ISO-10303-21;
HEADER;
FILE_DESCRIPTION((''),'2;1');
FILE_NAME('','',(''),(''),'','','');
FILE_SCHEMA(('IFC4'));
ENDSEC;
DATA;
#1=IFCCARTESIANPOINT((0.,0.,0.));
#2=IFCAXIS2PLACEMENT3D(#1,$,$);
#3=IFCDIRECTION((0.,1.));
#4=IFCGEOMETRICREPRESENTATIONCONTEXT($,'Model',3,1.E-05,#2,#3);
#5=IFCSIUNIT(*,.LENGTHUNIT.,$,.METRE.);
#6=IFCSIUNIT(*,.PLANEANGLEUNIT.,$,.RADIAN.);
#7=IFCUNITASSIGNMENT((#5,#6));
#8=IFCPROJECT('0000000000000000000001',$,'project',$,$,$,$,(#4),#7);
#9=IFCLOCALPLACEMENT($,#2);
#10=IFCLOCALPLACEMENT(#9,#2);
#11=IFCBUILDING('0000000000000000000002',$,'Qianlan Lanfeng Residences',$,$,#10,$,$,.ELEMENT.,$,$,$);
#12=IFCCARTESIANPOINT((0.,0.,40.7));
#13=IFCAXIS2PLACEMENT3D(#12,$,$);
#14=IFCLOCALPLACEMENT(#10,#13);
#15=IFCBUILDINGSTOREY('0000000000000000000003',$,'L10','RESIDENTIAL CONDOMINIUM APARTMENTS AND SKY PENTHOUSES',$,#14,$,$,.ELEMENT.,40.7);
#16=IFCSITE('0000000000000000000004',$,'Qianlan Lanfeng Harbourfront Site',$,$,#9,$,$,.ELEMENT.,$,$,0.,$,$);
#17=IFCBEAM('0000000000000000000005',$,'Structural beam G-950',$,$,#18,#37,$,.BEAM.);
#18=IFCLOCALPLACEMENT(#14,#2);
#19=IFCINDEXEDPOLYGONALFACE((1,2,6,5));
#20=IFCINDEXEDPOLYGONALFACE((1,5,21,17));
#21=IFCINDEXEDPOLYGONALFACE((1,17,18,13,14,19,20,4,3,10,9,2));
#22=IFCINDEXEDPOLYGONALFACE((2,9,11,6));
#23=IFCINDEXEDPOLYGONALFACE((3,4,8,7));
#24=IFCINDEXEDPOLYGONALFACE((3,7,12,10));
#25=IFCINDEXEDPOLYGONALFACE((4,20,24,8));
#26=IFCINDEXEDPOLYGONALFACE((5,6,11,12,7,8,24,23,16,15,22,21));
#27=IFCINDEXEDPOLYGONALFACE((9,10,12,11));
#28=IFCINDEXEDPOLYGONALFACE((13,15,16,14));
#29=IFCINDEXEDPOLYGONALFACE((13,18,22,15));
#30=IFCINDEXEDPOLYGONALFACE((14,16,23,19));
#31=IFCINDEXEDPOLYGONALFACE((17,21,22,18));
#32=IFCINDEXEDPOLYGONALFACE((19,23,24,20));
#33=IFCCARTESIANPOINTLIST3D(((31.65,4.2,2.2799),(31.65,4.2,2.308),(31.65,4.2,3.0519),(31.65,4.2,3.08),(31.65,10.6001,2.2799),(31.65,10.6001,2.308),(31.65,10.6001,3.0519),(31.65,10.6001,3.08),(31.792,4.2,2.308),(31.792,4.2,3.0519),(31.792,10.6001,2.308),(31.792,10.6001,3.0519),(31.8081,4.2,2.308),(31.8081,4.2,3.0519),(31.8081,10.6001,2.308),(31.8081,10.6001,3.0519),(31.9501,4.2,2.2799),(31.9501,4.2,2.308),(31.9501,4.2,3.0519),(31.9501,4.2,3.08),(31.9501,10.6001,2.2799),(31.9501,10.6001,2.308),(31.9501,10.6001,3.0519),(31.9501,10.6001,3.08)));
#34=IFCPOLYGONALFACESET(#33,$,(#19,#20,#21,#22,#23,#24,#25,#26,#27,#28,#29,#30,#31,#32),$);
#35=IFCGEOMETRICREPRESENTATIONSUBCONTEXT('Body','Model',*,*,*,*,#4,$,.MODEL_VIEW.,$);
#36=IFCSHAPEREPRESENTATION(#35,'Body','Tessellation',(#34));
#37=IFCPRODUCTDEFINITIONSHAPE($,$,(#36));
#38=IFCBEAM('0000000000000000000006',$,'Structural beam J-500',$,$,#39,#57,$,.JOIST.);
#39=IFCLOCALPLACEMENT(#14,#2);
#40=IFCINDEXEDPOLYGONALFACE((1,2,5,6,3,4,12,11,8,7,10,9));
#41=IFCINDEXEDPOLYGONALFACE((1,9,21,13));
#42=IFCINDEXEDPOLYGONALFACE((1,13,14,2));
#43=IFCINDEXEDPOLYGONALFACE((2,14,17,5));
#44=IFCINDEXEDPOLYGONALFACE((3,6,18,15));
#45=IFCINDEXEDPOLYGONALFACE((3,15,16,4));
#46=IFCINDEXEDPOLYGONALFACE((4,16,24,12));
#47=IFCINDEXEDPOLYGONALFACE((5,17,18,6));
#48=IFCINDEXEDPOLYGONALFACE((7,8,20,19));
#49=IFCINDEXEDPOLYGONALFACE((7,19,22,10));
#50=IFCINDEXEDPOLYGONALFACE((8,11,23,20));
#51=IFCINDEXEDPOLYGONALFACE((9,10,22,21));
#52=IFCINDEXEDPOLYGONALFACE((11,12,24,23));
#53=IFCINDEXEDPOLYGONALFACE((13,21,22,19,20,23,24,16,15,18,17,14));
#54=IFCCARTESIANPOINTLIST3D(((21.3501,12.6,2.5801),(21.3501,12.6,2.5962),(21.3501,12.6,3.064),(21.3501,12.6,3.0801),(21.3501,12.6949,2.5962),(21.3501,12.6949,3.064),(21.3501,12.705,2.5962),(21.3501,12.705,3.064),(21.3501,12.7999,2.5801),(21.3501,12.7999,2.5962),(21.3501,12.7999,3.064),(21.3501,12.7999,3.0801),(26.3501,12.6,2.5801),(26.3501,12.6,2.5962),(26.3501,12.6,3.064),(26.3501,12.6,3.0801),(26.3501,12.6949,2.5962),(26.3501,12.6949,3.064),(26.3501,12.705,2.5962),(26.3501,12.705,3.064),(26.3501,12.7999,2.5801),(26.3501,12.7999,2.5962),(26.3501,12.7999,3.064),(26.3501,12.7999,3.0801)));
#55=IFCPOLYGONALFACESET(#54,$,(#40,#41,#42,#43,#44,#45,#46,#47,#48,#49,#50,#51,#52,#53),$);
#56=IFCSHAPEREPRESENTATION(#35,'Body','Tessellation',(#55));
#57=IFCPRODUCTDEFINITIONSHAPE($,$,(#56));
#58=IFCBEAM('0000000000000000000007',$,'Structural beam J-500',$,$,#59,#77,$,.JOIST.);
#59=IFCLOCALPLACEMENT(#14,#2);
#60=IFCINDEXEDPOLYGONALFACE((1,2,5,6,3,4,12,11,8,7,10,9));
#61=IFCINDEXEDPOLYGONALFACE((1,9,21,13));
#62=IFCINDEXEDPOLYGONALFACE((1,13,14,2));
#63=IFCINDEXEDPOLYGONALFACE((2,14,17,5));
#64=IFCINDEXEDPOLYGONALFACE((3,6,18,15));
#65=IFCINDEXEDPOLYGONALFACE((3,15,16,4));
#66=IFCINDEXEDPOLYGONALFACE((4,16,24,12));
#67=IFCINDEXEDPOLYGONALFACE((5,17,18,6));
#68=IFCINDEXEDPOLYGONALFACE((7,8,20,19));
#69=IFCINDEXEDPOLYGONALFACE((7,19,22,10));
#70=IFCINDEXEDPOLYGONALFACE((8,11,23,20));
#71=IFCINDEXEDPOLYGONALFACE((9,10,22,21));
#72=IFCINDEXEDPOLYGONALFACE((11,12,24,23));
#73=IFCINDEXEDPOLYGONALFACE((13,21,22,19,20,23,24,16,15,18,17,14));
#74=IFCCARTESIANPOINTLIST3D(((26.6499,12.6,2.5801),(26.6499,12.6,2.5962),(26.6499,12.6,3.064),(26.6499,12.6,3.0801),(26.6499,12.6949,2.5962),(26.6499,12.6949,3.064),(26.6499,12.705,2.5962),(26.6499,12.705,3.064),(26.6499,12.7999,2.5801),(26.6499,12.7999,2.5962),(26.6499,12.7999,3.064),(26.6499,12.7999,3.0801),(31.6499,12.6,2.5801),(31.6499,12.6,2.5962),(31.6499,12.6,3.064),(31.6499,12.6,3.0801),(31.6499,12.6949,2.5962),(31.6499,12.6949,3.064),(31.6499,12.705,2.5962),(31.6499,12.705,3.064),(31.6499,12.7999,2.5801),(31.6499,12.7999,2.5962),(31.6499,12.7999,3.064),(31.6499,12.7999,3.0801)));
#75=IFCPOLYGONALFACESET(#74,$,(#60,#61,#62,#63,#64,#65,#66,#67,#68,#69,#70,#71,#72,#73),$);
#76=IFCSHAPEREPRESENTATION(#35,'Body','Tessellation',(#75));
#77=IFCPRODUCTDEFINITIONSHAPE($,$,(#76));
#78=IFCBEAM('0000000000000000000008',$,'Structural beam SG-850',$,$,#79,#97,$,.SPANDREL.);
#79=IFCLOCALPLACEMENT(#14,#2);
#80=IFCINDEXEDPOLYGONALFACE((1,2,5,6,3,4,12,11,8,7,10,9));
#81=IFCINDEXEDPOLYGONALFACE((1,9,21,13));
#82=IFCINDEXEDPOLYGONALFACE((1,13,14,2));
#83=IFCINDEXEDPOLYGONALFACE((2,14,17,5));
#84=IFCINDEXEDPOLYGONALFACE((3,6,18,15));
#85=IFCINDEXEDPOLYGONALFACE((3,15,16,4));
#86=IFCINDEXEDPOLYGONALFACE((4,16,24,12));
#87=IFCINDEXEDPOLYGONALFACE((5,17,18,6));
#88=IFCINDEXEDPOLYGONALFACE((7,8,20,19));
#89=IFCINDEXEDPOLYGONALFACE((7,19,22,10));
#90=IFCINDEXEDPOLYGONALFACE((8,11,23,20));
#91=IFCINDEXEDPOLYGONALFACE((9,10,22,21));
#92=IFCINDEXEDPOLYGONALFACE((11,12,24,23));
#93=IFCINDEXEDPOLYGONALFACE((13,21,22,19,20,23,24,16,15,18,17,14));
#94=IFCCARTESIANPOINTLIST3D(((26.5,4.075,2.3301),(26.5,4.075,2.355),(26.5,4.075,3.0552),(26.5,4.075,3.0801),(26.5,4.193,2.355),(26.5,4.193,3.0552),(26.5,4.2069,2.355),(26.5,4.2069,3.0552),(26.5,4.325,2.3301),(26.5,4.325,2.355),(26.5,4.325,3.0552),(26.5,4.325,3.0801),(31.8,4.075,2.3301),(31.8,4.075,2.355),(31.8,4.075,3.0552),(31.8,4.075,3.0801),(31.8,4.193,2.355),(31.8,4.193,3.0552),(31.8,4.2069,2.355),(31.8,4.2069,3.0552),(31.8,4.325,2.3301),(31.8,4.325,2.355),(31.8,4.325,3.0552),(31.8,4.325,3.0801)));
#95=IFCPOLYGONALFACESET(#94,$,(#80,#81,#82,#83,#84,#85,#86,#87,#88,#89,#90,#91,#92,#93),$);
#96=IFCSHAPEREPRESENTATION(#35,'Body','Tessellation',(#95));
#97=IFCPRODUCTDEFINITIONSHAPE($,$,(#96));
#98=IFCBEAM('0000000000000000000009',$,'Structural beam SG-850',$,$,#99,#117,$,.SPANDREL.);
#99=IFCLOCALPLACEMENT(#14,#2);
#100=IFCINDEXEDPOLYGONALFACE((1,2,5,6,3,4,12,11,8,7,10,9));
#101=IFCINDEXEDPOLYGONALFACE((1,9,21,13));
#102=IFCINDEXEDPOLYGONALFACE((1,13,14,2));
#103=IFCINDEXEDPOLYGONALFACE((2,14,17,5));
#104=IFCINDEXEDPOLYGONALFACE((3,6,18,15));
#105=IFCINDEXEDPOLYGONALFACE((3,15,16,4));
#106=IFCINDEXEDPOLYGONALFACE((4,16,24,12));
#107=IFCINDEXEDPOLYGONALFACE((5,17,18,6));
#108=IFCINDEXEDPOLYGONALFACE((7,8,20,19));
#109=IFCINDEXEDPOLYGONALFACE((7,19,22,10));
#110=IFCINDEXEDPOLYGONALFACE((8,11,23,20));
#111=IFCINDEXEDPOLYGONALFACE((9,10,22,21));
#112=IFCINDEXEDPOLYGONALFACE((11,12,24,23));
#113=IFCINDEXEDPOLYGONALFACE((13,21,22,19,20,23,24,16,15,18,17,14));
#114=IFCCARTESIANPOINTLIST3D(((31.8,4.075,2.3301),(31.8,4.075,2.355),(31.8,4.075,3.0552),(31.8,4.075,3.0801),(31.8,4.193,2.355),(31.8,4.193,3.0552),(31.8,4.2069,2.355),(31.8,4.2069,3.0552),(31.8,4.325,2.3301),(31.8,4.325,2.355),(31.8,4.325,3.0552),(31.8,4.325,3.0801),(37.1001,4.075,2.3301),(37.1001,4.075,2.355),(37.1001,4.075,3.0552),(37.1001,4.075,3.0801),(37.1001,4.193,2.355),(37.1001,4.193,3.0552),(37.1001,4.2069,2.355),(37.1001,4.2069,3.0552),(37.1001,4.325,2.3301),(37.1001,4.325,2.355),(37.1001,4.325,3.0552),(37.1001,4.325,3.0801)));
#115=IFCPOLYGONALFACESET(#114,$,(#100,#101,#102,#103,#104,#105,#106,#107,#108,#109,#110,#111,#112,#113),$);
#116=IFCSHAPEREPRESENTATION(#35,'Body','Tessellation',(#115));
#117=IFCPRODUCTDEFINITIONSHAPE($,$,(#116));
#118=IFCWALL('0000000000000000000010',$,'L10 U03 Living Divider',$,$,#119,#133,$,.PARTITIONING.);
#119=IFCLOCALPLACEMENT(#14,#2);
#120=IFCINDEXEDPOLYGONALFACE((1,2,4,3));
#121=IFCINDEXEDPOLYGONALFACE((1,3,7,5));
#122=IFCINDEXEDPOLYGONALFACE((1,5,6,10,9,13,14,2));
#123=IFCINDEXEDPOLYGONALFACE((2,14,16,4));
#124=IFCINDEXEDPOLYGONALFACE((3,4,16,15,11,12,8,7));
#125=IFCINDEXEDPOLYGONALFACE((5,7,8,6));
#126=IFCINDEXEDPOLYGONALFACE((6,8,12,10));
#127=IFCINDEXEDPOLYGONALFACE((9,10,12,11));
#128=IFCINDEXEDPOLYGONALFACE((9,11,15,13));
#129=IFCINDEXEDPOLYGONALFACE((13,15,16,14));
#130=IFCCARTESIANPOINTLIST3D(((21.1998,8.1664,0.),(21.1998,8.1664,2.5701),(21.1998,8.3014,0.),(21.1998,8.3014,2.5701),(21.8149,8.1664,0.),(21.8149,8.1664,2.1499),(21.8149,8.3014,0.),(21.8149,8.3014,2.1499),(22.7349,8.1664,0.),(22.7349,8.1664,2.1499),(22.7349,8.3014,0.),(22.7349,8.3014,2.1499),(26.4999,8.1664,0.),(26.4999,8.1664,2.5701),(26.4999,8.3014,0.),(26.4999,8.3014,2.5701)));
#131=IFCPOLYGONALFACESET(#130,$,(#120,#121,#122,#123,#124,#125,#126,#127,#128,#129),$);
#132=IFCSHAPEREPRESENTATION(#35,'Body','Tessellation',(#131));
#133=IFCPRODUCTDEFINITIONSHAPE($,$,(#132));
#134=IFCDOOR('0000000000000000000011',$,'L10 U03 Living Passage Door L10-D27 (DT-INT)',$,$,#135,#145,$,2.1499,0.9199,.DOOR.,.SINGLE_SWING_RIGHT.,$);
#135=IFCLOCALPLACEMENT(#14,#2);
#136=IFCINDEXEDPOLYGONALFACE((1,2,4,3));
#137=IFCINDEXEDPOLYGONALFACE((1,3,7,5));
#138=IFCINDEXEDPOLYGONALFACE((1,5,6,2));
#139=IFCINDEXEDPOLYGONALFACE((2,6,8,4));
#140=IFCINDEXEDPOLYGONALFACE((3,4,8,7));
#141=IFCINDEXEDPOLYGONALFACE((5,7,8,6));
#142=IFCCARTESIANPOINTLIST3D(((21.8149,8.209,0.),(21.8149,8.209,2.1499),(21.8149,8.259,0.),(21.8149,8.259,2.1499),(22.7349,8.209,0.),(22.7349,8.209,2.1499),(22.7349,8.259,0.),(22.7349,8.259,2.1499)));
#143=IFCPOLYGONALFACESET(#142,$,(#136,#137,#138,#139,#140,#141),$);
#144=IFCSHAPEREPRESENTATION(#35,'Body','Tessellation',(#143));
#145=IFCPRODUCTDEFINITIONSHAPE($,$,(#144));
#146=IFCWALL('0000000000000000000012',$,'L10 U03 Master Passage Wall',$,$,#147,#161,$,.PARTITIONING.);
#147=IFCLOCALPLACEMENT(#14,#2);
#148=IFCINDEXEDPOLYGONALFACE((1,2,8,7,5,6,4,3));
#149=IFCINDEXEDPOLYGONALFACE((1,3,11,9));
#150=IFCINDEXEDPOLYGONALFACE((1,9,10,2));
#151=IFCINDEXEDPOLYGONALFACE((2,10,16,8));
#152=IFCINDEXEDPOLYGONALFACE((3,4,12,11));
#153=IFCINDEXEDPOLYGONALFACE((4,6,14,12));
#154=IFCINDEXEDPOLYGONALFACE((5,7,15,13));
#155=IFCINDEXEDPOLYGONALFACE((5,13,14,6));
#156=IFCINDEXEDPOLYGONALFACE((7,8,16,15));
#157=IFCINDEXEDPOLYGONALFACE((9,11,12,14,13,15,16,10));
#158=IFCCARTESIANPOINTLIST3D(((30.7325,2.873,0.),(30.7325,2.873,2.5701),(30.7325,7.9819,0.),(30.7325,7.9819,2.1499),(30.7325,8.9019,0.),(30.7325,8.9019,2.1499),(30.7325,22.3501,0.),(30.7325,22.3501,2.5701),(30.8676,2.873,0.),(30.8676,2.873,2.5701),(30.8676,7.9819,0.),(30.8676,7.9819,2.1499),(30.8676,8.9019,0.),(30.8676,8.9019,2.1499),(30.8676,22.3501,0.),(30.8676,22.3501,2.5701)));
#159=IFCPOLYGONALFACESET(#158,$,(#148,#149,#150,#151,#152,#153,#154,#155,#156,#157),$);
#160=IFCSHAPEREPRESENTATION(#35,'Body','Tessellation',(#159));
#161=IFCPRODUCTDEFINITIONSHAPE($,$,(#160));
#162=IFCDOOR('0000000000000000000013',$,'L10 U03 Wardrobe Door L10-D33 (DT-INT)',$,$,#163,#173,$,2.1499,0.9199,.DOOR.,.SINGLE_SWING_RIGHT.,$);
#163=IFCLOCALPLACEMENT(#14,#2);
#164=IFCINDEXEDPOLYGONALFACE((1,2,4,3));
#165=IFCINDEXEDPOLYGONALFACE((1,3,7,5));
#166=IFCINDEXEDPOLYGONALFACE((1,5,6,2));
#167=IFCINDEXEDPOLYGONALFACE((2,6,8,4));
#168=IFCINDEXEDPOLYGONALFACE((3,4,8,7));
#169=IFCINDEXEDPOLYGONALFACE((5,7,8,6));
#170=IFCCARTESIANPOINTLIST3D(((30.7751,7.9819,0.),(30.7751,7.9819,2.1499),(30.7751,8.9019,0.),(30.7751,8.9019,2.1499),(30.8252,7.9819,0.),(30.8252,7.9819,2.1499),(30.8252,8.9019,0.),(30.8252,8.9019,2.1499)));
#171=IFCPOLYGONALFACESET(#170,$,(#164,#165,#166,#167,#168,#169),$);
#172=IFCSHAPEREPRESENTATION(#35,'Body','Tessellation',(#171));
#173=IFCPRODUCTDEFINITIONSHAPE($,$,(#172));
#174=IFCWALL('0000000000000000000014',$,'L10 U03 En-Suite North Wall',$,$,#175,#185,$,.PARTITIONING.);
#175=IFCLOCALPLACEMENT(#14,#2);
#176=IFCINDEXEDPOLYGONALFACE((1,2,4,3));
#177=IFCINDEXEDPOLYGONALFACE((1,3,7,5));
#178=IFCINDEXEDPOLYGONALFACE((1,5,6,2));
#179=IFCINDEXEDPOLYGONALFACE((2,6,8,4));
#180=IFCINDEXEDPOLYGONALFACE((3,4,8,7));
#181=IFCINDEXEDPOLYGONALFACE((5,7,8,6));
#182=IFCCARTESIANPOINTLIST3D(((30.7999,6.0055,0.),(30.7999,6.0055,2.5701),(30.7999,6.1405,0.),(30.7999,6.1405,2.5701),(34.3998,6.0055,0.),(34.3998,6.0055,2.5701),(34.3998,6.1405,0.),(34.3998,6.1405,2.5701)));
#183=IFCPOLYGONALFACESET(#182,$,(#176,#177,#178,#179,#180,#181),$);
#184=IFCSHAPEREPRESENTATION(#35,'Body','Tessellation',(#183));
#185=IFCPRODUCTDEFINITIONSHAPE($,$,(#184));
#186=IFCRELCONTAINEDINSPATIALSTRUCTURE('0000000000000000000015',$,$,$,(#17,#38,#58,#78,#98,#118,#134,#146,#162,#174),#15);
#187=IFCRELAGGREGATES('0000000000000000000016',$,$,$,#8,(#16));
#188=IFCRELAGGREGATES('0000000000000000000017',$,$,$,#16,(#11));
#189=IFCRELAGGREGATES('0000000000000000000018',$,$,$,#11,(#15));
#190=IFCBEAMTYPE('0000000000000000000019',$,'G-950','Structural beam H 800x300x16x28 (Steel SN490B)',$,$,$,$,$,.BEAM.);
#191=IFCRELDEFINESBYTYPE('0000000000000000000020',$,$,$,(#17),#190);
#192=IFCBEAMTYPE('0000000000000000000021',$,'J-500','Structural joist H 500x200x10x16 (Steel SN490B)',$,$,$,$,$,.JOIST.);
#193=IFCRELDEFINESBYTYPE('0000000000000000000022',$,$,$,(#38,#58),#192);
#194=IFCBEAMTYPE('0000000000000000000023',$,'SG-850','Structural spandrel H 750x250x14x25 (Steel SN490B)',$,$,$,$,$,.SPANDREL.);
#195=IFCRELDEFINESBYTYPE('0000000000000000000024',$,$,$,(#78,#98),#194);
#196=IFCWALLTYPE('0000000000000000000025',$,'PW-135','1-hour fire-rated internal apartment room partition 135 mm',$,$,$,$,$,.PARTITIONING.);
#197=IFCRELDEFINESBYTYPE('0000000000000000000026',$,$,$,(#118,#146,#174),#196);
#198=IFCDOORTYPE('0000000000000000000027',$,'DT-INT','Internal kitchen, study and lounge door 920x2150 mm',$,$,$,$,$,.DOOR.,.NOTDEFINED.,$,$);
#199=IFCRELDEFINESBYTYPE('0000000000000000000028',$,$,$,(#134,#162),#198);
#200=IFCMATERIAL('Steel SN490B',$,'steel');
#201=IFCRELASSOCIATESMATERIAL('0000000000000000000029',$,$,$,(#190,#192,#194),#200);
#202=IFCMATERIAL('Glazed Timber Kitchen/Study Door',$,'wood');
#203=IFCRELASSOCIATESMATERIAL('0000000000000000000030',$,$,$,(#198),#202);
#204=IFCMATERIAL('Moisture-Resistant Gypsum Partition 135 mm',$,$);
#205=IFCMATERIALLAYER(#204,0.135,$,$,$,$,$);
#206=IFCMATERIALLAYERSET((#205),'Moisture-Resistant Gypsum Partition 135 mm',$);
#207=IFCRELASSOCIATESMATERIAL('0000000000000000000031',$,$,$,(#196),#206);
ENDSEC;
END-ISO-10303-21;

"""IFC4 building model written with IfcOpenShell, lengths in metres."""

from ifc_helpers import new_model, si_unit, direction, frame, frame_2d, origin, origin_2d, place, context, subcontext, project, spatial, rectangle, i_section, extrude, material, layer, layer_set, material_profile, profile_set, type_object, element, fill, save


model = new_model("IFC4")

# Units and contexts
model_context = context("Model", 3, precision=1e-05, world=origin(), true_north=direction((0.0, 1.0)))
body_context = subcontext(model_context, "Body", "Model", "MODEL_VIEW")
ifc_project = project(units=[si_unit("LENGTHUNIT", "METRE"), si_unit("PLANEANGLEUNIT", "RADIAN")], contexts=[model_context])

# Site, building, storey
site_placement = place(None, origin())
site = spatial("IfcSite", under=ifc_project, at=site_placement, Name="Qianlan Lanfeng Harbourfront Site", CompositionType="ELEMENT", RefElevation=0.0)
building_placement = place(site_placement, origin())
building = spatial("IfcBuilding", under=site, at=building_placement, Name="Qianlan Lanfeng Residences", CompositionType="ELEMENT")
storey_placement = place(building_placement, frame((0.0, 0.0, 40.7)))
storey = spatial("IfcBuildingStorey", under=building, at=storey_placement, Name="L10", Description="RESIDENTIAL CONDOMINIUM APARTMENTS AND SKY PENTHOUSES", CompositionType="ELEMENT", Elevation=40.7)

# Shared definitions
ifc_material_1 = material(Name="Steel SN490B", Category="steel")

# Beams
ifc_material_profile_1 = material_profile(ifc_material_1, i_section(OverallWidth=0.3, OverallDepth=0.8, WebThickness=0.0161, FlangeThickness=0.0281, at=origin_2d()), Name="H 800x300x16x28")
ifc_profile_set_1 = profile_set([ifc_material_profile_1], Name="Steel SN490B")
beam_type_1 = type_object("IfcBeamType", Name="G-950", Description="Structural beam H 800x300x16x28 (Steel SN490B)", PredefinedType="BEAM", material=ifc_profile_set_1)
beam_1_placement = place(storey_placement, frame((31.8, 4.2, 2.6799), z_axis=(0.0, 1.0, 0.0), x_axis=(-1.0, 0.0, 0.0)))
element("IfcBeam", 1, at=beam_1_placement, inside=storey, type_object=beam_type_1, Name="Structural beam G-950", PredefinedType="BEAM", context=body_context, shape_type="SweptSolid", body=[
    extrude(i_section(OverallWidth=0.3, OverallDepth=0.8, WebThickness=0.0161, FlangeThickness=0.0281, at=origin_2d()), origin(), (0.0, 0.0, 1.0), 6.4001),
])
ifc_material_profile_2 = material_profile(ifc_material_1, i_section(OverallWidth=0.2, OverallDepth=0.5, WebThickness=0.01, FlangeThickness=0.0161, at=origin_2d()), Name="H 500x200x10x16")
ifc_profile_set_2 = profile_set([ifc_material_profile_2], Name="Steel SN490B")
beam_type_2 = type_object("IfcBeamType", Name="J-500", Description="Structural joist H 500x200x10x16 (Steel SN490B)", PredefinedType="JOIST", material=ifc_profile_set_2)
for number, where, z_axis, x_axis, name in (
    (2, (21.3501, 12.7, 2.8301), (1.0, 0.0, 0.0), (0.0, 1.0, 0.0), "Structural beam J-500"),
    (3, (26.6499, 12.7, 2.8301), (1.0, 0.0, 0.0), (0.0, 1.0, 0.0), "Structural beam J-500"),
):
    element("IfcBeam", number, at=place(storey_placement, frame(where, z_axis=z_axis, x_axis=x_axis)), inside=storey, type_object=beam_type_2, Name=name, PredefinedType="JOIST", context=body_context, shape_type="SweptSolid", body=[
        extrude(i_section(OverallWidth=0.2, OverallDepth=0.5, WebThickness=0.01, FlangeThickness=0.0161, at=origin_2d()), origin(), (0.0, 0.0, 1.0), 5.0),
    ])
ifc_material_profile_3 = material_profile(ifc_material_1, i_section(OverallWidth=0.25, OverallDepth=0.75, WebThickness=0.0139, FlangeThickness=0.0249, at=origin_2d()), Name="H 750x250x14x25")
ifc_profile_set_3 = profile_set([ifc_material_profile_3], Name="Steel SN490B")
beam_type_3 = type_object("IfcBeamType", Name="SG-850", Description="Structural spandrel H 750x250x14x25 (Steel SN490B)", PredefinedType="SPANDREL", material=ifc_profile_set_3)
for number, where, z_axis, x_axis, name in (
    (4, (26.5, 4.2, 2.7051), (1.0, 0.0, 0.0), (0.0, 1.0, 0.0), "Structural beam SG-850"),
    (5, (31.8, 4.2, 2.7051), (1.0, 0.0, 0.0), (0.0, 1.0, 0.0), "Structural beam SG-850"),
):
    element("IfcBeam", number, at=place(storey_placement, frame(where, z_axis=z_axis, x_axis=x_axis)), inside=storey, type_object=beam_type_3, Name=name, PredefinedType="SPANDREL", context=body_context, shape_type="SweptSolid", body=[
        extrude(i_section(OverallWidth=0.25, OverallDepth=0.75, WebThickness=0.0139, FlangeThickness=0.0249, at=origin_2d()), origin(), (0.0, 0.0, 1.0), 5.3),
    ])

# Wall, opening, door
ifc_material_2 = material(Name="Glazed Timber Kitchen/Study Door", Category="wood")
door_type_1 = type_object("IfcDoorType", Name="DT-INT", Description="Internal kitchen, study and lounge door 920x2150 mm", OperationType="NOTDEFINED", PredefinedType="DOOR", material=ifc_material_2)
ifc_material_3 = material(Name="Moisture-Resistant Gypsum Partition 135 mm")
ifc_layer_1 = layer(ifc_material_3, 0.135)
ifc_layer_set_1 = layer_set([ifc_layer_1], Name="Moisture-Resistant Gypsum Partition 135 mm")
wall_type_1 = type_object("IfcWallType", Name="PW-135", Description="1-hour fire-rated internal apartment room partition 135 mm", PredefinedType="PARTITIONING", material=ifc_layer_set_1)
wall_1_placement = place(storey_placement, frame((21.2, 8.2339, 0.0), z_axis=(0.0, 0.0, 1.0), x_axis=(1.0, 0.0, 0.0)))
wall_1 = element("IfcWall", 6, at=wall_1_placement, inside=storey, type_object=wall_type_1, Name="L10 U03 Living Divider", PredefinedType="PARTITIONING", context=body_context, shape_type="SweptSolid", body=[
    extrude(rectangle(XDim=5.3, YDim=0.135, at=frame_2d((2.6499, 0.0))), origin(), (0.0, 0.0, 1.0), 2.5701),
])
opening_1_placement = place(wall_1_placement, frame((0.615, 0.0, 0.0)))
opening_1 = element("IfcOpeningElement", 7, at=opening_1_placement, cuts=wall_1, PredefinedType="OPENING", context=body_context, shape_type="SweptSolid", body=[
    extrude(rectangle(XDim=0.9199, YDim=2.1499, at=frame_2d((0.46, 1.075))), frame((0.0, 0.0776, 0.0), z_axis=(0.0, -1.0, 0.0), x_axis=(1.0, 0.0, 0.0)), (0.0, 0.0, 1.0), 0.155),
])
door_1_placement = place(opening_1_placement, frame((0.9199, 0.0, 0.0), z_axis=(0.0, 0.0, 1.0), x_axis=(-1.0, 0.0, 0.0)))
door_1 = element("IfcDoor", 8, at=door_1_placement, inside=storey, type_object=door_type_1, Name="L10 U03 Living Passage Door L10-D27 (DT-INT)", OperationType="SINGLE_SWING_RIGHT", OverallHeight=2.1499, OverallWidth=0.9199, PredefinedType="DOOR", context=body_context, shape_type="SweptSolid", body=[
    extrude(rectangle(XDim=0.9199, YDim=2.1499, at=frame_2d((0.46, 1.075))), frame((0.0, 0.0249, 0.0), z_axis=(0.0, -1.0, 0.0), x_axis=(1.0, 0.0, 0.0)), (0.0, 0.0, 1.0), 0.05),
])
fill(opening_1, door_1)

# Wall, opening, door
wall_2_placement = place(storey_placement, frame((30.8, 2.873, 0.0), z_axis=(0.0, 0.0, 1.0), x_axis=(0.0, 1.0, 0.0)))
wall_2 = element("IfcWall", 9, at=wall_2_placement, inside=storey, type_object=wall_type_1, Name="L10 U03 Master Passage Wall", PredefinedType="PARTITIONING", context=body_context, shape_type="SweptSolid", body=[
    extrude(rectangle(XDim=19.4771, YDim=0.135, at=frame_2d((9.7385, 0.0))), origin(), (0.0, 0.0, 1.0), 2.5701),
])
opening_2_placement = place(wall_2_placement, frame((5.1089, 0.0, 0.0)))
opening_2 = element("IfcOpeningElement", 10, at=opening_2_placement, cuts=wall_2, PredefinedType="OPENING", context=body_context, shape_type="SweptSolid", body=[
    extrude(rectangle(XDim=0.9199, YDim=2.1499, at=frame_2d((0.46, 1.075))), frame((0.0, 0.0776, 0.0), z_axis=(0.0, -1.0, 0.0), x_axis=(1.0, 0.0, 0.0)), (0.0, 0.0, 1.0), 0.155),
])
door_2_placement = place(opening_2_placement, origin())
door_2 = element("IfcDoor", 11, at=door_2_placement, inside=storey, type_object=door_type_1, Name="L10 U03 Wardrobe Door L10-D33 (DT-INT)", OperationType="SINGLE_SWING_RIGHT", OverallHeight=2.1499, OverallWidth=0.9199, PredefinedType="DOOR", context=body_context, shape_type="SweptSolid", body=[
    extrude(rectangle(XDim=0.9199, YDim=2.1499, at=frame_2d((0.46, 1.075))), frame((0.0, 0.0249, 0.0), z_axis=(0.0, -1.0, 0.0), x_axis=(1.0, 0.0, 0.0)), (0.0, 0.0, 1.0), 0.05),
])
fill(opening_2, door_2)

# Wall
wall_3_placement = place(storey_placement, frame((30.8, 6.073, 0.0), z_axis=(0.0, 0.0, 1.0), x_axis=(1.0, 0.0, 0.0)))
element("IfcWall", 12, at=wall_3_placement, inside=storey, type_object=wall_type_1, Name="L10 U03 En-Suite North Wall", PredefinedType="PARTITIONING", context=body_context, shape_type="SweptSolid", body=[
    extrude(rectangle(XDim=3.5999, YDim=0.135, at=frame_2d((1.7998, 0.0))), origin(), (0.0, 0.0, 1.0), 2.5701),
])

save(model, "model.ifc")
